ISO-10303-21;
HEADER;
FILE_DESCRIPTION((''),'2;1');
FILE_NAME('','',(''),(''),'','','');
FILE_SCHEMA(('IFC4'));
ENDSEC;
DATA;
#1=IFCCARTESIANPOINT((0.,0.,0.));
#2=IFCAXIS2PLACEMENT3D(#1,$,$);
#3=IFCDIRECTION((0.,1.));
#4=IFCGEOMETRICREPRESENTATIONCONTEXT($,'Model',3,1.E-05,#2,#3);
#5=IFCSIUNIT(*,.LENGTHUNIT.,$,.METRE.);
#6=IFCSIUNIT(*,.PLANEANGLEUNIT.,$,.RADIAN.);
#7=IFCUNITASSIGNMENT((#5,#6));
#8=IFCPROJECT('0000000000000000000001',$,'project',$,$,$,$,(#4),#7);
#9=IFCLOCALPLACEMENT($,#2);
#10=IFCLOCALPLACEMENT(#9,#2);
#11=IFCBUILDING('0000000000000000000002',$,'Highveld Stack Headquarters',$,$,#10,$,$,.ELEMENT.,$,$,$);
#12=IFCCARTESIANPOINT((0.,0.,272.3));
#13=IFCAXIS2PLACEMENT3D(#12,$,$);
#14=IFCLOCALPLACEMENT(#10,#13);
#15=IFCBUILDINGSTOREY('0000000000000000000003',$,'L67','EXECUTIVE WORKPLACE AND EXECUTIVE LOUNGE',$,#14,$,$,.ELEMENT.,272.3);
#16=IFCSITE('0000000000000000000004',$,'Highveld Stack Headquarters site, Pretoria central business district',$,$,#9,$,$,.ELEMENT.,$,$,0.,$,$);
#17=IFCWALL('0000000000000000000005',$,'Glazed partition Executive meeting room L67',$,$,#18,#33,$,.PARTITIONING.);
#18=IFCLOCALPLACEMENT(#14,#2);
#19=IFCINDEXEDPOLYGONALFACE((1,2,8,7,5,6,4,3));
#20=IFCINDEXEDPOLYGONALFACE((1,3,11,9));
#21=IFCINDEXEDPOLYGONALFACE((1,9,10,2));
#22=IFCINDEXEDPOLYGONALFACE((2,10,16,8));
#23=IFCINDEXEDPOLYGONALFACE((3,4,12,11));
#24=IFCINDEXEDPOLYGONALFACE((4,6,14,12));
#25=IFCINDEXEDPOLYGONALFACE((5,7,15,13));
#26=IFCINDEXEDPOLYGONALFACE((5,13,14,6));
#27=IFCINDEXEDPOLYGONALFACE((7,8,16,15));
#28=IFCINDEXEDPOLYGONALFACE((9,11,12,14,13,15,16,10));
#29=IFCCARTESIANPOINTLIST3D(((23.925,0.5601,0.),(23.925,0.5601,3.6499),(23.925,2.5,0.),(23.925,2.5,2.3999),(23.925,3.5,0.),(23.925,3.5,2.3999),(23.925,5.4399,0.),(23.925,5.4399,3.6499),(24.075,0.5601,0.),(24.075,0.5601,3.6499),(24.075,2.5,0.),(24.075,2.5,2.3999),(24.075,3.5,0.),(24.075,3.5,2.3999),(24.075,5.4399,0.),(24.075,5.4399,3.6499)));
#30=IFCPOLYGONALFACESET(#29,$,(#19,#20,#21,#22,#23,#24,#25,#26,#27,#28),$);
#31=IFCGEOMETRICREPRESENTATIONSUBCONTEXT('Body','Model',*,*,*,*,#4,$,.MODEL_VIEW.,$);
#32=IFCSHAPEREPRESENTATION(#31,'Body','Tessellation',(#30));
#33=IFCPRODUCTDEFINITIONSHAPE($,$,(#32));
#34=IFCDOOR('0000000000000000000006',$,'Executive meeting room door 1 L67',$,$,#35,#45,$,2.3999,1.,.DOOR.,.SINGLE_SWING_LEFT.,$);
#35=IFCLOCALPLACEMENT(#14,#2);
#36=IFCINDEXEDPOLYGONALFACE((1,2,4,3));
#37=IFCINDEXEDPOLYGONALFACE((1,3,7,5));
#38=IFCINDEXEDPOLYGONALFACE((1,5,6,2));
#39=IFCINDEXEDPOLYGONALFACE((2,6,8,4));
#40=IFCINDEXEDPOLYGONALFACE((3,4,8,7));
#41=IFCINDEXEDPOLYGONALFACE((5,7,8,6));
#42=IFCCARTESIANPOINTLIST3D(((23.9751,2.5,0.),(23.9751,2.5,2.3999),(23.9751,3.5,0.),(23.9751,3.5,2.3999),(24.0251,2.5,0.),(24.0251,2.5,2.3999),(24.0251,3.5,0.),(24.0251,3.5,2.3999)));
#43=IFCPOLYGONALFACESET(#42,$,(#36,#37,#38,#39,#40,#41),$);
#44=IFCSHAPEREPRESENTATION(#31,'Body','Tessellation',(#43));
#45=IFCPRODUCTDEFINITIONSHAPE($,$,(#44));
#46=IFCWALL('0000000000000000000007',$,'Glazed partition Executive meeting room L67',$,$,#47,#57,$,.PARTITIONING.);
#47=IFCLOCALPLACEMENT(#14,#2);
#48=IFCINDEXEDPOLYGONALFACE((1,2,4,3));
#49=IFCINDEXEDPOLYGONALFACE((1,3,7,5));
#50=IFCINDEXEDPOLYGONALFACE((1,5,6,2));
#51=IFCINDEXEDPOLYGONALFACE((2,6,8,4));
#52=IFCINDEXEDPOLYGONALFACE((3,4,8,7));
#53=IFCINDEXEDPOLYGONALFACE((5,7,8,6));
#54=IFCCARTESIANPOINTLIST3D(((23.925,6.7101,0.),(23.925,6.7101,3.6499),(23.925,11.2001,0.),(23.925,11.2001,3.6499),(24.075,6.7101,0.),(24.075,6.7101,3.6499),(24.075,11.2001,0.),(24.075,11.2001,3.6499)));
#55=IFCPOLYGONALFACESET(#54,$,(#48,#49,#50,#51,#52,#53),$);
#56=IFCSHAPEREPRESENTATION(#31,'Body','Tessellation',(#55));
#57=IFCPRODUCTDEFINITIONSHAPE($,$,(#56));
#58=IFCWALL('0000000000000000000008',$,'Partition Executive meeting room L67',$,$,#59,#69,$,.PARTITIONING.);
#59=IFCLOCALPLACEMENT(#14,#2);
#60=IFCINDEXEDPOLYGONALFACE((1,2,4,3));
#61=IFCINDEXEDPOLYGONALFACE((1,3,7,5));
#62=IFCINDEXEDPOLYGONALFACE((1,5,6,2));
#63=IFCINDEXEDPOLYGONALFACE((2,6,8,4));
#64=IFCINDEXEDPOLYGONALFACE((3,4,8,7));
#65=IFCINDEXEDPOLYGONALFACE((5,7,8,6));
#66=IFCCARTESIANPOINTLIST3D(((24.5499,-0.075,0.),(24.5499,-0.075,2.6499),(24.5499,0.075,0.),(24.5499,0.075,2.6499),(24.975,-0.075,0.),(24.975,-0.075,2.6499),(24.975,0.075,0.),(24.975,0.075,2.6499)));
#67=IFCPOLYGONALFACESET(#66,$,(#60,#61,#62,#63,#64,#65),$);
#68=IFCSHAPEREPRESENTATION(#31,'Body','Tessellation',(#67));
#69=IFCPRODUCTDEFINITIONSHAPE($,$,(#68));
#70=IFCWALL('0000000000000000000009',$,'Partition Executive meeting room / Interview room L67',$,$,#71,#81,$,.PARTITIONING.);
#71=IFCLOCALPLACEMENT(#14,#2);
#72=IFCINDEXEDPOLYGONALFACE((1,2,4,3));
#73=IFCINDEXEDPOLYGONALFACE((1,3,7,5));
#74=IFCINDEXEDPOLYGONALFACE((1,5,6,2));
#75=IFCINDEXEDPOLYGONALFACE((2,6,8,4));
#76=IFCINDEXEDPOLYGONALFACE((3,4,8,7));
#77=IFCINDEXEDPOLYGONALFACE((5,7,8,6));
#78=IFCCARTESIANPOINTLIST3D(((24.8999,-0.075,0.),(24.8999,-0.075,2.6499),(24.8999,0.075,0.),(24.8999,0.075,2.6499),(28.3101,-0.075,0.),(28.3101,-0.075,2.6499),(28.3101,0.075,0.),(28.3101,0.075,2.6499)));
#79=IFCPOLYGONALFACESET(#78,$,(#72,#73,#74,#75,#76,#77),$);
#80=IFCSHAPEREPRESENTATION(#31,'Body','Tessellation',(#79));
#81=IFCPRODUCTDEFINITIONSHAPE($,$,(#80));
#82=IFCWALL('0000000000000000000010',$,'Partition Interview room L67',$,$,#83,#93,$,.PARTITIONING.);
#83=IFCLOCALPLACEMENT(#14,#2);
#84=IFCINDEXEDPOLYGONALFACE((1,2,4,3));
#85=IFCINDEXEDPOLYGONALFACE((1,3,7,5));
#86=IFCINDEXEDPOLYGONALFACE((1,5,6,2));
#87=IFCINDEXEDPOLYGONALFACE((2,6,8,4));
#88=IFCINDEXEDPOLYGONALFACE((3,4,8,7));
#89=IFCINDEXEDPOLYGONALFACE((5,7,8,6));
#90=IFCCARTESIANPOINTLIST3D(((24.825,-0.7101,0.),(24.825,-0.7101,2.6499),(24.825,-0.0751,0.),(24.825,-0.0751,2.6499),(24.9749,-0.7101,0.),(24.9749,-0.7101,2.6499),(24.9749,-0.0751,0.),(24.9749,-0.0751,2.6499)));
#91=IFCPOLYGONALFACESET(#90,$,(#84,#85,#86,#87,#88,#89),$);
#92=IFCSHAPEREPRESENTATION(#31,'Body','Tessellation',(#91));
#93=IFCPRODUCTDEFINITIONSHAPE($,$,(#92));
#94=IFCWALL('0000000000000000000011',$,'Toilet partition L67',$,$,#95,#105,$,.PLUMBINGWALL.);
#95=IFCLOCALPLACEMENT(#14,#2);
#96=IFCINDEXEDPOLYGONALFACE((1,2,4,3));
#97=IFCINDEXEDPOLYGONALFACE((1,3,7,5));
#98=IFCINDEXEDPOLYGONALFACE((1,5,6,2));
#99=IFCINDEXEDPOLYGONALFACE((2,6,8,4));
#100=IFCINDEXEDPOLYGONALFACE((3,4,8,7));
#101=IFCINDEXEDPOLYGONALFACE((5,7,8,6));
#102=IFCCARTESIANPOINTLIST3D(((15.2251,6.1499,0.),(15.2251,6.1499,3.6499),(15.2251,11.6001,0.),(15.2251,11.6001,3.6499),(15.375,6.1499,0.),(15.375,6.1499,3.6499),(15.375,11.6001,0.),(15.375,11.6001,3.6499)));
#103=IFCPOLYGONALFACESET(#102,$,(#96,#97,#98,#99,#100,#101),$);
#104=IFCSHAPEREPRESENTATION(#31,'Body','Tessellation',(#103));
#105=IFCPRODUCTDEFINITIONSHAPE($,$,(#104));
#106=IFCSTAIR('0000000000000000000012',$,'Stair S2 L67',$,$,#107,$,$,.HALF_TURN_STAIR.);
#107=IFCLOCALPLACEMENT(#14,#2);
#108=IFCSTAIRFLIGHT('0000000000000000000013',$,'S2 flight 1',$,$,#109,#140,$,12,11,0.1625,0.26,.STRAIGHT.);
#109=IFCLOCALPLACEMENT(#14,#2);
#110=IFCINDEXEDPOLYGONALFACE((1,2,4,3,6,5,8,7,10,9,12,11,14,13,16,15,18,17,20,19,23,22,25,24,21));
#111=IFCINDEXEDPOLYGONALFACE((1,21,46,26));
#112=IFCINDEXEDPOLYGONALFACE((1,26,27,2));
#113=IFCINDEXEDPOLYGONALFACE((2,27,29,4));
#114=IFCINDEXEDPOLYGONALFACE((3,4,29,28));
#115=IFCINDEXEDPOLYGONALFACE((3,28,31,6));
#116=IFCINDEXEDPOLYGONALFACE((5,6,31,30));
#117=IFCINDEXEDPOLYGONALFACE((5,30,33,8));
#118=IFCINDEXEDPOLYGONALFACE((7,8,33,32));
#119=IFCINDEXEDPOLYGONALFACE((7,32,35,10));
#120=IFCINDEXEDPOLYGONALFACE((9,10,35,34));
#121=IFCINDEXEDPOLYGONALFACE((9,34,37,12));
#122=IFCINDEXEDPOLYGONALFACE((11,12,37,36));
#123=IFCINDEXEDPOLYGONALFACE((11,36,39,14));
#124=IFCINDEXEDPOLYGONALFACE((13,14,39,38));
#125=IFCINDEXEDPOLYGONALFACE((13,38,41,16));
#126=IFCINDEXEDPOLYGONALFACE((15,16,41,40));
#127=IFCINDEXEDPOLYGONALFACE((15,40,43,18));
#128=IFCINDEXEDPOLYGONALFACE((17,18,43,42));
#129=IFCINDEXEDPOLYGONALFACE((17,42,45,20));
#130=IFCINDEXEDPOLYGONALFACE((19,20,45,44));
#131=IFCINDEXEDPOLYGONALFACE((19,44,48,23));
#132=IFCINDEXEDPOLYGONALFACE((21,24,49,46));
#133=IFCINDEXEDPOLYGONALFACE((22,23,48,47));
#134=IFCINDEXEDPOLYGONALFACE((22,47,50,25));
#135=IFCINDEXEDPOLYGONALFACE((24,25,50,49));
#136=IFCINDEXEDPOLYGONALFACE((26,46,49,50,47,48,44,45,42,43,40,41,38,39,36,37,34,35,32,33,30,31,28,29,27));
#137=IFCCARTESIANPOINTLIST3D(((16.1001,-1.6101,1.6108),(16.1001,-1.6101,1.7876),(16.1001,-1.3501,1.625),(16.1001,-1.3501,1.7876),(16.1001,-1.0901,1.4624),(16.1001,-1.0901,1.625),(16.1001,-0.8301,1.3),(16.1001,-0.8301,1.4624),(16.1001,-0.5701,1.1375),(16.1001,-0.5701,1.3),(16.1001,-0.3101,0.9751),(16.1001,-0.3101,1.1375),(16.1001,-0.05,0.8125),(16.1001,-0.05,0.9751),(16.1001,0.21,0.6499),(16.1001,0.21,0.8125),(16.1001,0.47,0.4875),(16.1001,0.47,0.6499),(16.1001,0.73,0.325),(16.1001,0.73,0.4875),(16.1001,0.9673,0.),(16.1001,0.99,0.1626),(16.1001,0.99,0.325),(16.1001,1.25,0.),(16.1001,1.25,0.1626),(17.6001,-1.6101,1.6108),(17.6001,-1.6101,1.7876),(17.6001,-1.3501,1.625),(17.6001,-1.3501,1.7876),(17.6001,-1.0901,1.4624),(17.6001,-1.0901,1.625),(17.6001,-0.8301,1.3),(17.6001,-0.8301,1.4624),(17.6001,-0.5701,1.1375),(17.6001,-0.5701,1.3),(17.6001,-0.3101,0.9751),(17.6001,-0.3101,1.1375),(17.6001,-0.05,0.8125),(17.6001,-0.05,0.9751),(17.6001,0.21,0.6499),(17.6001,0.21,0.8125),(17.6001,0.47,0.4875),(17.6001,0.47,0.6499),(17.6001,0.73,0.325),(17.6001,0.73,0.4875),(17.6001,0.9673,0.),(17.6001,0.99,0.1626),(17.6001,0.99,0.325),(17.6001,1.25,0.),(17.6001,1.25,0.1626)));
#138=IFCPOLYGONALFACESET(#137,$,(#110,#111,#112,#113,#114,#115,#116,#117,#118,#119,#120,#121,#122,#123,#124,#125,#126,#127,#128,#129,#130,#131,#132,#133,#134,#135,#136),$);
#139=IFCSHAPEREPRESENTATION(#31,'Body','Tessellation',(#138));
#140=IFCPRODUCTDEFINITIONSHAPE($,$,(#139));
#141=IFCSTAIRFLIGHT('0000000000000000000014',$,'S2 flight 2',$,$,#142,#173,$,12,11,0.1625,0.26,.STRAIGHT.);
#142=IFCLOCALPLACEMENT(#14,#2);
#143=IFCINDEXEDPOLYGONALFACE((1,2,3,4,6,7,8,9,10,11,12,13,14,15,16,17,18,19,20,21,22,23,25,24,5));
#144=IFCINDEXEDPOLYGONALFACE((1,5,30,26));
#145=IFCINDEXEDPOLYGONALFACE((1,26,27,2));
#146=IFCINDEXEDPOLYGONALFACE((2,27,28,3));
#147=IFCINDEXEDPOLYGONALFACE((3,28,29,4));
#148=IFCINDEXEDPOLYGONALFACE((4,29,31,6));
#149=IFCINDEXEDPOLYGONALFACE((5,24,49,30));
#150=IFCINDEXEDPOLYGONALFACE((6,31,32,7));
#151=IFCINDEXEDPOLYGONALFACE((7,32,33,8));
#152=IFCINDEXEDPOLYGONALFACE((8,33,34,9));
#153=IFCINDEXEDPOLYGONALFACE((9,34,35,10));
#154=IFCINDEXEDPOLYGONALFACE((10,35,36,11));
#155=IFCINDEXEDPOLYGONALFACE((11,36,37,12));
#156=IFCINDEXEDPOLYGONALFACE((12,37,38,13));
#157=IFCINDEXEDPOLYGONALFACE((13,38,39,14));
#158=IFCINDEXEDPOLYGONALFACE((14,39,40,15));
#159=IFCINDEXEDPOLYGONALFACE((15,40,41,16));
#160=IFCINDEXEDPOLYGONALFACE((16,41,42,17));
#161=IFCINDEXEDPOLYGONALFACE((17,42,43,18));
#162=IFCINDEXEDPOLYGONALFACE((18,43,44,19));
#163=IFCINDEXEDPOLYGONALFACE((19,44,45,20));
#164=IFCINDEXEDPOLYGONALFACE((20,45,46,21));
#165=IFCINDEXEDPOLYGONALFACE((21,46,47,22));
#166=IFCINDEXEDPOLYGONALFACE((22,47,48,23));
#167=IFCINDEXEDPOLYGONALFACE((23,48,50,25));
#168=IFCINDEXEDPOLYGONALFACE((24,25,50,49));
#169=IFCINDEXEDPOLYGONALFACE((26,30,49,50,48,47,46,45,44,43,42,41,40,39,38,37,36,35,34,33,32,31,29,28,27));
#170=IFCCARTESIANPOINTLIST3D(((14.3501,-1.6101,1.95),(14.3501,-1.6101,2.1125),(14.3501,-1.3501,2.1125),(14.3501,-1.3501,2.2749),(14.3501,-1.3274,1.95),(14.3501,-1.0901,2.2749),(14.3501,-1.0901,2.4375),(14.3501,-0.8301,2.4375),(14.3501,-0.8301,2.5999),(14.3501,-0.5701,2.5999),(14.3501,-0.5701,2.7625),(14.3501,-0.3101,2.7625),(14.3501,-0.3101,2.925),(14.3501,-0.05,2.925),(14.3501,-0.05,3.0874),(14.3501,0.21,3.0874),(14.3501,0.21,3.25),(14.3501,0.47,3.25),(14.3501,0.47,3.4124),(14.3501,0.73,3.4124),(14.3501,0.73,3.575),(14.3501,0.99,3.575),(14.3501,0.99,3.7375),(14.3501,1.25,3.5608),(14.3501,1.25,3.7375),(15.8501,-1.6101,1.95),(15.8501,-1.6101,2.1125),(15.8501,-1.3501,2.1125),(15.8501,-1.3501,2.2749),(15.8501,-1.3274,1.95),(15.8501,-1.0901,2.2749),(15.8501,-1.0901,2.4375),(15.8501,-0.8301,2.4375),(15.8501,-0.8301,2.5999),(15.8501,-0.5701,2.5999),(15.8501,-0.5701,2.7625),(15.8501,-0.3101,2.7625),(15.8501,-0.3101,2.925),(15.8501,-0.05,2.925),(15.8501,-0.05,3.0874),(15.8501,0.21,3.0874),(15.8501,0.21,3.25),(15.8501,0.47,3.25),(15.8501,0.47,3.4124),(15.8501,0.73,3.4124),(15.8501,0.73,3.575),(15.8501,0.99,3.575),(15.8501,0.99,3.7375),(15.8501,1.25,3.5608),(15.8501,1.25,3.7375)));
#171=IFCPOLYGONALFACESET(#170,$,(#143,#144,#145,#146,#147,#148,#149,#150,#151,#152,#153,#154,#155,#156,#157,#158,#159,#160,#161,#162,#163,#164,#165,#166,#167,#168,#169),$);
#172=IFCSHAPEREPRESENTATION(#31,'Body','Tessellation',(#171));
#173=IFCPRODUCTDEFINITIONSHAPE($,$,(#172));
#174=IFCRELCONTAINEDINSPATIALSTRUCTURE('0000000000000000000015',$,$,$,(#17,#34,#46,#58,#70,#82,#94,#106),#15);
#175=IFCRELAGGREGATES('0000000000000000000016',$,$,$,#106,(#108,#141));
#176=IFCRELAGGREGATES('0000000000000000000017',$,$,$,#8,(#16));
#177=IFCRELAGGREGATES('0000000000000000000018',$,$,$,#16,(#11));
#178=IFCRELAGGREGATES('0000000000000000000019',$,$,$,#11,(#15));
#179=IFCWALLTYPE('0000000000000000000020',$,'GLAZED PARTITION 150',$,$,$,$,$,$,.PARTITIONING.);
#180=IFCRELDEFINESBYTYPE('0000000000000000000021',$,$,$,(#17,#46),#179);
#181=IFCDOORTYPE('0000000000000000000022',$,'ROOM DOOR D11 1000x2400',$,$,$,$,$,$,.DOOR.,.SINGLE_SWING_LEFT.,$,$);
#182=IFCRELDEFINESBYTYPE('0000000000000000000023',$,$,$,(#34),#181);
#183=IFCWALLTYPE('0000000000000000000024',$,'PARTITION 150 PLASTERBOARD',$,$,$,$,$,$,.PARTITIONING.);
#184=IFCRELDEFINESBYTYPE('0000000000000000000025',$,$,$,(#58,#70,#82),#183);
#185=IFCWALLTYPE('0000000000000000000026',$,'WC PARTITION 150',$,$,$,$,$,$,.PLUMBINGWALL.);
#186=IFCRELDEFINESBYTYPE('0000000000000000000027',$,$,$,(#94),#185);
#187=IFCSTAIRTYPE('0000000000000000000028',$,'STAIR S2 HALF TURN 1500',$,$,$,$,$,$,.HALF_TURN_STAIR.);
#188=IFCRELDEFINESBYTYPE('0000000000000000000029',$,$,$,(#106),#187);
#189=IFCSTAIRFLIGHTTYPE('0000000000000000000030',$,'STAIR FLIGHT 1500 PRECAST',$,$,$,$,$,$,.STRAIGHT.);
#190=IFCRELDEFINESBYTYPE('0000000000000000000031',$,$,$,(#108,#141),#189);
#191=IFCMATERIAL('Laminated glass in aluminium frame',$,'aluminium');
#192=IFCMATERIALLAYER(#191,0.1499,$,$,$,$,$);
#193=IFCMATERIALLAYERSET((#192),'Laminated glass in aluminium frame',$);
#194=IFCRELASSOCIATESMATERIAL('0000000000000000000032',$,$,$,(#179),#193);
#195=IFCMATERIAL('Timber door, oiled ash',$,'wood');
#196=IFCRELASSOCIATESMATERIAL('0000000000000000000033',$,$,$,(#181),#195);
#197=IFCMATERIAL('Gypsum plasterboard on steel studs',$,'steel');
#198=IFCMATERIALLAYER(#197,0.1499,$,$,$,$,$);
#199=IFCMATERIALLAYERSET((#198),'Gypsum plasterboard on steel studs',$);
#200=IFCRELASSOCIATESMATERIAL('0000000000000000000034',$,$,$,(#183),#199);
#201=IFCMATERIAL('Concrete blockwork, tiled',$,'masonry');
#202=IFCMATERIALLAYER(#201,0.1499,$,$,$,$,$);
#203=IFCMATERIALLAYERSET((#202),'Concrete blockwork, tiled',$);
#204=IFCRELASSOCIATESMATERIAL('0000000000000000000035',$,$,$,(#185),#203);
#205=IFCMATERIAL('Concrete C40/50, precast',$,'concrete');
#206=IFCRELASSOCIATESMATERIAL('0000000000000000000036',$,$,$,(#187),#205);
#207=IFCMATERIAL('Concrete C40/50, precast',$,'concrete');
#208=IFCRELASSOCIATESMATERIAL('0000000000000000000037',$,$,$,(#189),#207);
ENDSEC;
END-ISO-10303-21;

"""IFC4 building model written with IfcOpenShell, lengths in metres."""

from ifc_helpers import new_model, si_unit, direction, frame, frame_2d, origin, place, context, subcontext, project, spatial, polyline, rectangle, outline, extrude, material, layer, layer_set, type_object, element, fill, aggregate, save


model = new_model("IFC4")

# Units and contexts
model_context = context("Model", 3, precision=1e-05, world=origin(), true_north=direction((0.0, 1.0)))
body_context = subcontext(model_context, "Body", "Model", "MODEL_VIEW")
ifc_project = project(units=[si_unit("LENGTHUNIT", "METRE"), si_unit("PLANEANGLEUNIT", "RADIAN")], contexts=[model_context])

# Site, building, storey
site_placement = place(None, origin())
site = spatial("IfcSite", under=ifc_project, at=site_placement, Name="Highveld Stack Headquarters site, Pretoria central business district", CompositionType="ELEMENT", RefElevation=0.0)
building_placement = place(site_placement, origin())
building = spatial("IfcBuilding", under=site, at=building_placement, Name="Highveld Stack Headquarters", CompositionType="ELEMENT")
storey_placement = place(building_placement, frame((0.0, 0.0, 272.3)))
storey = spatial("IfcBuildingStorey", under=building, at=storey_placement, Name="L67", Description="EXECUTIVE WORKPLACE AND EXECUTIVE LOUNGE", CompositionType="ELEMENT", Elevation=272.3)

# Wall, opening, door
ifc_material_1 = material(Name="Laminated glass in aluminium frame", Category="aluminium")
ifc_layer_1 = layer(ifc_material_1, 0.1499)
ifc_layer_set_1 = layer_set([ifc_layer_1], Name="Laminated glass in aluminium frame")
wall_type_1 = type_object("IfcWallType", Name="GLAZED PARTITION 150", PredefinedType="PARTITIONING", material=ifc_layer_set_1)
wall_1_placement = place(storey_placement, frame((24.0, 0.5601, 0.0), z_axis=(0.0, 0.0, 1.0), x_axis=(0.0, 1.0, 0.0)))
wall_1 = element("IfcWall", 1, at=wall_1_placement, inside=storey, type_object=wall_type_1, Name="Glazed partition Executive meeting room L67", PredefinedType="PARTITIONING", context=body_context, shape_type="SweptSolid", body=[
    extrude(rectangle(XDim=4.8799, YDim=0.1499, at=frame_2d((2.4399, 0.0))), origin(), (0.0, 0.0, 1.0), 3.6499),
])
opening_1_placement = place(wall_1_placement, frame((1.9399, 0.0, 0.0)))
opening_1 = element("IfcOpeningElement", 2, at=opening_1_placement, cuts=wall_1, PredefinedType="OPENING", context=body_context, shape_type="SweptSolid", body=[
    extrude(rectangle(XDim=1.0, YDim=2.3999, at=frame_2d((0.5, 1.2))), frame((0.0, 0.085, 0.0), z_axis=(0.0, -1.0, 0.0), x_axis=(1.0, 0.0, 0.0)), (0.0, 0.0, 1.0), 0.1699),
])
ifc_material_2 = material(Name="Timber door, oiled ash", Category="wood")
door_type_1 = type_object("IfcDoorType", Name="ROOM DOOR D11 1000x2400", OperationType="SINGLE_SWING_LEFT", PredefinedType="DOOR", material=ifc_material_2)
door_1_placement = place(opening_1_placement, origin())
door_1 = element("IfcDoor", 3, at=door_1_placement, inside=storey, type_object=door_type_1, Name="Executive meeting room door 1 L67", OperationType="SINGLE_SWING_LEFT", OverallHeight=2.3999, OverallWidth=1.0, PredefinedType="DOOR", context=body_context, shape_type="SweptSolid", body=[
    extrude(rectangle(XDim=1.0, YDim=2.3999, at=frame_2d((0.5, 1.2))), frame((0.0, 0.0249, 0.0), z_axis=(0.0, -1.0, 0.0), x_axis=(1.0, 0.0, 0.0)), (0.0, 0.0, 1.0), 0.05),
])
fill(opening_1, door_1)

# Walls
wall_2_placement = place(storey_placement, frame((24.0, 6.71, 0.0), z_axis=(0.0, 0.0, 1.0), x_axis=(0.0, 1.0, 0.0)))
element("IfcWall", 4, at=wall_2_placement, inside=storey, type_object=wall_type_1, Name="Glazed partition Executive meeting room L67", PredefinedType="PARTITIONING", context=body_context, shape_type="SweptSolid", body=[
    extrude(rectangle(XDim=4.49, YDim=0.1499, at=frame_2d((2.2451, 0.0))), origin(), (0.0, 0.0, 1.0), 3.6499),
])
ifc_material_3 = material(Name="Gypsum plasterboard on steel studs", Category="steel")
ifc_layer_2 = layer(ifc_material_3, 0.1499)
ifc_layer_set_2 = layer_set([ifc_layer_2], Name="Gypsum plasterboard on steel studs")
wall_type_2 = type_object("IfcWallType", Name="PARTITION 150 PLASTERBOARD", PredefinedType="PARTITIONING", material=ifc_layer_set_2)
wall_3_placement = place(storey_placement, frame((24.55, 0.0, 0.0), z_axis=(0.0, 0.0, 1.0), x_axis=(1.0, 0.0, 0.0)))
element("IfcWall", 5, at=wall_3_placement, inside=storey, type_object=wall_type_2, Name="Partition Executive meeting room L67", PredefinedType="PARTITIONING", context=body_context, shape_type="SweptSolid", body=[
    extrude(rectangle(XDim=0.425, YDim=0.1499, at=frame_2d((0.2124, 0.0))), origin(), (0.0, 0.0, 1.0), 2.6499),
])
wall_4_placement = place(storey_placement, frame((24.8999, 0.0, 0.0), z_axis=(0.0, 0.0, 1.0), x_axis=(1.0, 0.0, 0.0)))
element("IfcWall", 6, at=wall_4_placement, inside=storey, type_object=wall_type_2, Name="Partition Executive meeting room / Interview room L67", PredefinedType="PARTITIONING", context=body_context, shape_type="SweptSolid", body=[
    extrude(rectangle(XDim=3.4102, YDim=0.1499, at=frame_2d((1.7051, 0.0))), origin(), (0.0, 0.0, 1.0), 2.6499),
])
wall_5_placement = place(storey_placement, frame((24.8999, -0.71, 0.0), z_axis=(0.0, 0.0, 1.0), x_axis=(0.0, 1.0, 0.0)))
element("IfcWall", 7, at=wall_5_placement, inside=storey, type_object=wall_type_2, Name="Partition Interview room L67", PredefinedType="PARTITIONING", context=body_context, shape_type="SweptSolid", body=[
    extrude(rectangle(XDim=0.635, YDim=0.1499, at=frame_2d((0.3174, 0.0))), origin(), (0.0, 0.0, 1.0), 2.6499),
])
ifc_material_4 = material(Name="Concrete blockwork, tiled", Category="masonry")
ifc_layer_3 = layer(ifc_material_4, 0.1499)
ifc_layer_set_3 = layer_set([ifc_layer_3], Name="Concrete blockwork, tiled")
wall_type_3 = type_object("IfcWallType", Name="WC PARTITION 150", PredefinedType="PLUMBINGWALL", material=ifc_layer_set_3)
wall_6_placement = place(storey_placement, frame((15.3, 6.1499, 0.0), z_axis=(0.0, 0.0, 1.0), x_axis=(0.0, 1.0, 0.0)))
element("IfcWall", 8, at=wall_6_placement, inside=storey, type_object=wall_type_3, Name="Toilet partition L67", PredefinedType="PLUMBINGWALL", context=body_context, shape_type="SweptSolid", body=[
    extrude(rectangle(XDim=5.4502, YDim=0.1499, at=frame_2d((2.7251, 0.0))), origin(), (0.0, 0.0, 1.0), 3.6499),
])

# Stair, stair flights
ifc_material_5 = material(Name="Concrete C40/50, precast", Category="concrete")
stair_type = type_object("IfcStairType", Name="STAIR S2 HALF TURN 1500", PredefinedType="HALF_TURN_STAIR", material=ifc_material_5)
stair_placement = place(storey_placement, origin())
stair = element("IfcStair", 9, at=stair_placement, inside=storey, type_object=stair_type, Name="Stair S2 L67", PredefinedType="HALF_TURN_STAIR")
ifc_material_6 = material(Name="Concrete C40/50, precast", Category="concrete")
stair_flight_type = type_object("IfcStairFlightType", Name="STAIR FLIGHT 1500 PRECAST", PredefinedType="STRAIGHT", material=ifc_material_6)
stair_flight_1_placement = place(storey_placement, frame((16.8501, 1.25, 0.0), z_axis=(0.0, 0.0, 1.0), x_axis=(0.0, -1.0, 0.0)))
stair_flight_1 = element("IfcStairFlight", 10, at=stair_flight_1_placement, type_object=stair_flight_type, Name="S2 flight 1", NumberOfRisers=12, NumberOfTreads=11, PredefinedType="STRAIGHT", RiserHeight=0.1625, TreadLength=0.26, context=body_context, shape_type="SweptSolid", body=[
    extrude(outline(polyline([(0.0, 0.0), (0.0, 0.1626), (0.26, 0.1626), (0.26, 0.325), (0.52, 0.325), (0.52, 0.4875), (0.78, 0.4875), (0.78, 0.6499), (1.04, 0.6499), (1.04, 0.8125), (1.3, 0.8125), (1.3, 0.9751), (1.5601, 0.9751), (1.5601, 1.1375), (1.8201, 1.1375), (1.8201, 1.3), (2.0801, 1.3), (2.0801, 1.4624), (2.3401, 1.4624), (2.3401, 1.625), (2.6001, 1.625), (2.6001, 1.7876), (2.8601, 1.7876), (2.8601, 1.95), (2.8601, 1.6108), (0.2827, 0.0), (0.0, 0.0)])), frame((0.0, 0.75, 0.0), z_axis=(0.0, -1.0, 0.0), x_axis=(1.0, 0.0, 0.0)), (0.0, 0.0, 1.0), 1.5),
])
stair_flight_2_placement = place(storey_placement, frame((15.1001, -1.6101, 1.95), z_axis=(0.0, 0.0, 1.0), x_axis=(0.0, 1.0, 0.0)))
stair_flight_2 = element("IfcStairFlight", 11, at=stair_flight_2_placement, type_object=stair_flight_type, Name="S2 flight 2", NumberOfRisers=12, NumberOfTreads=11, PredefinedType="STRAIGHT", RiserHeight=0.1625, TreadLength=0.26, context=body_context, shape_type="SweptSolid", body=[
    extrude(outline(polyline([(0.0, 0.0), (0.0, 0.1626), (0.26, 0.1626), (0.26, 0.325), (0.52, 0.325), (0.52, 0.4875), (0.78, 0.4875), (0.78, 0.6499), (1.04, 0.6499), (1.04, 0.8125), (1.3, 0.8125), (1.3, 0.9751), (1.5601, 0.9751), (1.5601, 1.1375), (1.8201, 1.1375), (1.8201, 1.3), (2.0801, 1.3), (2.0801, 1.4624), (2.3401, 1.4624), (2.3401, 1.625), (2.6001, 1.625), (2.6001, 1.7876), (2.8601, 1.7876), (2.8601, 1.95), (2.8601, 1.6108), (0.2827, 0.0), (0.0, 0.0)])), frame((0.0, 0.75, 0.0), z_axis=(0.0, -1.0, 0.0), x_axis=(1.0, 0.0, 0.0)), (0.0, 0.0, 1.0), 1.5),
])
aggregate(stair, [stair_flight_1, stair_flight_2])

save(model, "model.ifc")
